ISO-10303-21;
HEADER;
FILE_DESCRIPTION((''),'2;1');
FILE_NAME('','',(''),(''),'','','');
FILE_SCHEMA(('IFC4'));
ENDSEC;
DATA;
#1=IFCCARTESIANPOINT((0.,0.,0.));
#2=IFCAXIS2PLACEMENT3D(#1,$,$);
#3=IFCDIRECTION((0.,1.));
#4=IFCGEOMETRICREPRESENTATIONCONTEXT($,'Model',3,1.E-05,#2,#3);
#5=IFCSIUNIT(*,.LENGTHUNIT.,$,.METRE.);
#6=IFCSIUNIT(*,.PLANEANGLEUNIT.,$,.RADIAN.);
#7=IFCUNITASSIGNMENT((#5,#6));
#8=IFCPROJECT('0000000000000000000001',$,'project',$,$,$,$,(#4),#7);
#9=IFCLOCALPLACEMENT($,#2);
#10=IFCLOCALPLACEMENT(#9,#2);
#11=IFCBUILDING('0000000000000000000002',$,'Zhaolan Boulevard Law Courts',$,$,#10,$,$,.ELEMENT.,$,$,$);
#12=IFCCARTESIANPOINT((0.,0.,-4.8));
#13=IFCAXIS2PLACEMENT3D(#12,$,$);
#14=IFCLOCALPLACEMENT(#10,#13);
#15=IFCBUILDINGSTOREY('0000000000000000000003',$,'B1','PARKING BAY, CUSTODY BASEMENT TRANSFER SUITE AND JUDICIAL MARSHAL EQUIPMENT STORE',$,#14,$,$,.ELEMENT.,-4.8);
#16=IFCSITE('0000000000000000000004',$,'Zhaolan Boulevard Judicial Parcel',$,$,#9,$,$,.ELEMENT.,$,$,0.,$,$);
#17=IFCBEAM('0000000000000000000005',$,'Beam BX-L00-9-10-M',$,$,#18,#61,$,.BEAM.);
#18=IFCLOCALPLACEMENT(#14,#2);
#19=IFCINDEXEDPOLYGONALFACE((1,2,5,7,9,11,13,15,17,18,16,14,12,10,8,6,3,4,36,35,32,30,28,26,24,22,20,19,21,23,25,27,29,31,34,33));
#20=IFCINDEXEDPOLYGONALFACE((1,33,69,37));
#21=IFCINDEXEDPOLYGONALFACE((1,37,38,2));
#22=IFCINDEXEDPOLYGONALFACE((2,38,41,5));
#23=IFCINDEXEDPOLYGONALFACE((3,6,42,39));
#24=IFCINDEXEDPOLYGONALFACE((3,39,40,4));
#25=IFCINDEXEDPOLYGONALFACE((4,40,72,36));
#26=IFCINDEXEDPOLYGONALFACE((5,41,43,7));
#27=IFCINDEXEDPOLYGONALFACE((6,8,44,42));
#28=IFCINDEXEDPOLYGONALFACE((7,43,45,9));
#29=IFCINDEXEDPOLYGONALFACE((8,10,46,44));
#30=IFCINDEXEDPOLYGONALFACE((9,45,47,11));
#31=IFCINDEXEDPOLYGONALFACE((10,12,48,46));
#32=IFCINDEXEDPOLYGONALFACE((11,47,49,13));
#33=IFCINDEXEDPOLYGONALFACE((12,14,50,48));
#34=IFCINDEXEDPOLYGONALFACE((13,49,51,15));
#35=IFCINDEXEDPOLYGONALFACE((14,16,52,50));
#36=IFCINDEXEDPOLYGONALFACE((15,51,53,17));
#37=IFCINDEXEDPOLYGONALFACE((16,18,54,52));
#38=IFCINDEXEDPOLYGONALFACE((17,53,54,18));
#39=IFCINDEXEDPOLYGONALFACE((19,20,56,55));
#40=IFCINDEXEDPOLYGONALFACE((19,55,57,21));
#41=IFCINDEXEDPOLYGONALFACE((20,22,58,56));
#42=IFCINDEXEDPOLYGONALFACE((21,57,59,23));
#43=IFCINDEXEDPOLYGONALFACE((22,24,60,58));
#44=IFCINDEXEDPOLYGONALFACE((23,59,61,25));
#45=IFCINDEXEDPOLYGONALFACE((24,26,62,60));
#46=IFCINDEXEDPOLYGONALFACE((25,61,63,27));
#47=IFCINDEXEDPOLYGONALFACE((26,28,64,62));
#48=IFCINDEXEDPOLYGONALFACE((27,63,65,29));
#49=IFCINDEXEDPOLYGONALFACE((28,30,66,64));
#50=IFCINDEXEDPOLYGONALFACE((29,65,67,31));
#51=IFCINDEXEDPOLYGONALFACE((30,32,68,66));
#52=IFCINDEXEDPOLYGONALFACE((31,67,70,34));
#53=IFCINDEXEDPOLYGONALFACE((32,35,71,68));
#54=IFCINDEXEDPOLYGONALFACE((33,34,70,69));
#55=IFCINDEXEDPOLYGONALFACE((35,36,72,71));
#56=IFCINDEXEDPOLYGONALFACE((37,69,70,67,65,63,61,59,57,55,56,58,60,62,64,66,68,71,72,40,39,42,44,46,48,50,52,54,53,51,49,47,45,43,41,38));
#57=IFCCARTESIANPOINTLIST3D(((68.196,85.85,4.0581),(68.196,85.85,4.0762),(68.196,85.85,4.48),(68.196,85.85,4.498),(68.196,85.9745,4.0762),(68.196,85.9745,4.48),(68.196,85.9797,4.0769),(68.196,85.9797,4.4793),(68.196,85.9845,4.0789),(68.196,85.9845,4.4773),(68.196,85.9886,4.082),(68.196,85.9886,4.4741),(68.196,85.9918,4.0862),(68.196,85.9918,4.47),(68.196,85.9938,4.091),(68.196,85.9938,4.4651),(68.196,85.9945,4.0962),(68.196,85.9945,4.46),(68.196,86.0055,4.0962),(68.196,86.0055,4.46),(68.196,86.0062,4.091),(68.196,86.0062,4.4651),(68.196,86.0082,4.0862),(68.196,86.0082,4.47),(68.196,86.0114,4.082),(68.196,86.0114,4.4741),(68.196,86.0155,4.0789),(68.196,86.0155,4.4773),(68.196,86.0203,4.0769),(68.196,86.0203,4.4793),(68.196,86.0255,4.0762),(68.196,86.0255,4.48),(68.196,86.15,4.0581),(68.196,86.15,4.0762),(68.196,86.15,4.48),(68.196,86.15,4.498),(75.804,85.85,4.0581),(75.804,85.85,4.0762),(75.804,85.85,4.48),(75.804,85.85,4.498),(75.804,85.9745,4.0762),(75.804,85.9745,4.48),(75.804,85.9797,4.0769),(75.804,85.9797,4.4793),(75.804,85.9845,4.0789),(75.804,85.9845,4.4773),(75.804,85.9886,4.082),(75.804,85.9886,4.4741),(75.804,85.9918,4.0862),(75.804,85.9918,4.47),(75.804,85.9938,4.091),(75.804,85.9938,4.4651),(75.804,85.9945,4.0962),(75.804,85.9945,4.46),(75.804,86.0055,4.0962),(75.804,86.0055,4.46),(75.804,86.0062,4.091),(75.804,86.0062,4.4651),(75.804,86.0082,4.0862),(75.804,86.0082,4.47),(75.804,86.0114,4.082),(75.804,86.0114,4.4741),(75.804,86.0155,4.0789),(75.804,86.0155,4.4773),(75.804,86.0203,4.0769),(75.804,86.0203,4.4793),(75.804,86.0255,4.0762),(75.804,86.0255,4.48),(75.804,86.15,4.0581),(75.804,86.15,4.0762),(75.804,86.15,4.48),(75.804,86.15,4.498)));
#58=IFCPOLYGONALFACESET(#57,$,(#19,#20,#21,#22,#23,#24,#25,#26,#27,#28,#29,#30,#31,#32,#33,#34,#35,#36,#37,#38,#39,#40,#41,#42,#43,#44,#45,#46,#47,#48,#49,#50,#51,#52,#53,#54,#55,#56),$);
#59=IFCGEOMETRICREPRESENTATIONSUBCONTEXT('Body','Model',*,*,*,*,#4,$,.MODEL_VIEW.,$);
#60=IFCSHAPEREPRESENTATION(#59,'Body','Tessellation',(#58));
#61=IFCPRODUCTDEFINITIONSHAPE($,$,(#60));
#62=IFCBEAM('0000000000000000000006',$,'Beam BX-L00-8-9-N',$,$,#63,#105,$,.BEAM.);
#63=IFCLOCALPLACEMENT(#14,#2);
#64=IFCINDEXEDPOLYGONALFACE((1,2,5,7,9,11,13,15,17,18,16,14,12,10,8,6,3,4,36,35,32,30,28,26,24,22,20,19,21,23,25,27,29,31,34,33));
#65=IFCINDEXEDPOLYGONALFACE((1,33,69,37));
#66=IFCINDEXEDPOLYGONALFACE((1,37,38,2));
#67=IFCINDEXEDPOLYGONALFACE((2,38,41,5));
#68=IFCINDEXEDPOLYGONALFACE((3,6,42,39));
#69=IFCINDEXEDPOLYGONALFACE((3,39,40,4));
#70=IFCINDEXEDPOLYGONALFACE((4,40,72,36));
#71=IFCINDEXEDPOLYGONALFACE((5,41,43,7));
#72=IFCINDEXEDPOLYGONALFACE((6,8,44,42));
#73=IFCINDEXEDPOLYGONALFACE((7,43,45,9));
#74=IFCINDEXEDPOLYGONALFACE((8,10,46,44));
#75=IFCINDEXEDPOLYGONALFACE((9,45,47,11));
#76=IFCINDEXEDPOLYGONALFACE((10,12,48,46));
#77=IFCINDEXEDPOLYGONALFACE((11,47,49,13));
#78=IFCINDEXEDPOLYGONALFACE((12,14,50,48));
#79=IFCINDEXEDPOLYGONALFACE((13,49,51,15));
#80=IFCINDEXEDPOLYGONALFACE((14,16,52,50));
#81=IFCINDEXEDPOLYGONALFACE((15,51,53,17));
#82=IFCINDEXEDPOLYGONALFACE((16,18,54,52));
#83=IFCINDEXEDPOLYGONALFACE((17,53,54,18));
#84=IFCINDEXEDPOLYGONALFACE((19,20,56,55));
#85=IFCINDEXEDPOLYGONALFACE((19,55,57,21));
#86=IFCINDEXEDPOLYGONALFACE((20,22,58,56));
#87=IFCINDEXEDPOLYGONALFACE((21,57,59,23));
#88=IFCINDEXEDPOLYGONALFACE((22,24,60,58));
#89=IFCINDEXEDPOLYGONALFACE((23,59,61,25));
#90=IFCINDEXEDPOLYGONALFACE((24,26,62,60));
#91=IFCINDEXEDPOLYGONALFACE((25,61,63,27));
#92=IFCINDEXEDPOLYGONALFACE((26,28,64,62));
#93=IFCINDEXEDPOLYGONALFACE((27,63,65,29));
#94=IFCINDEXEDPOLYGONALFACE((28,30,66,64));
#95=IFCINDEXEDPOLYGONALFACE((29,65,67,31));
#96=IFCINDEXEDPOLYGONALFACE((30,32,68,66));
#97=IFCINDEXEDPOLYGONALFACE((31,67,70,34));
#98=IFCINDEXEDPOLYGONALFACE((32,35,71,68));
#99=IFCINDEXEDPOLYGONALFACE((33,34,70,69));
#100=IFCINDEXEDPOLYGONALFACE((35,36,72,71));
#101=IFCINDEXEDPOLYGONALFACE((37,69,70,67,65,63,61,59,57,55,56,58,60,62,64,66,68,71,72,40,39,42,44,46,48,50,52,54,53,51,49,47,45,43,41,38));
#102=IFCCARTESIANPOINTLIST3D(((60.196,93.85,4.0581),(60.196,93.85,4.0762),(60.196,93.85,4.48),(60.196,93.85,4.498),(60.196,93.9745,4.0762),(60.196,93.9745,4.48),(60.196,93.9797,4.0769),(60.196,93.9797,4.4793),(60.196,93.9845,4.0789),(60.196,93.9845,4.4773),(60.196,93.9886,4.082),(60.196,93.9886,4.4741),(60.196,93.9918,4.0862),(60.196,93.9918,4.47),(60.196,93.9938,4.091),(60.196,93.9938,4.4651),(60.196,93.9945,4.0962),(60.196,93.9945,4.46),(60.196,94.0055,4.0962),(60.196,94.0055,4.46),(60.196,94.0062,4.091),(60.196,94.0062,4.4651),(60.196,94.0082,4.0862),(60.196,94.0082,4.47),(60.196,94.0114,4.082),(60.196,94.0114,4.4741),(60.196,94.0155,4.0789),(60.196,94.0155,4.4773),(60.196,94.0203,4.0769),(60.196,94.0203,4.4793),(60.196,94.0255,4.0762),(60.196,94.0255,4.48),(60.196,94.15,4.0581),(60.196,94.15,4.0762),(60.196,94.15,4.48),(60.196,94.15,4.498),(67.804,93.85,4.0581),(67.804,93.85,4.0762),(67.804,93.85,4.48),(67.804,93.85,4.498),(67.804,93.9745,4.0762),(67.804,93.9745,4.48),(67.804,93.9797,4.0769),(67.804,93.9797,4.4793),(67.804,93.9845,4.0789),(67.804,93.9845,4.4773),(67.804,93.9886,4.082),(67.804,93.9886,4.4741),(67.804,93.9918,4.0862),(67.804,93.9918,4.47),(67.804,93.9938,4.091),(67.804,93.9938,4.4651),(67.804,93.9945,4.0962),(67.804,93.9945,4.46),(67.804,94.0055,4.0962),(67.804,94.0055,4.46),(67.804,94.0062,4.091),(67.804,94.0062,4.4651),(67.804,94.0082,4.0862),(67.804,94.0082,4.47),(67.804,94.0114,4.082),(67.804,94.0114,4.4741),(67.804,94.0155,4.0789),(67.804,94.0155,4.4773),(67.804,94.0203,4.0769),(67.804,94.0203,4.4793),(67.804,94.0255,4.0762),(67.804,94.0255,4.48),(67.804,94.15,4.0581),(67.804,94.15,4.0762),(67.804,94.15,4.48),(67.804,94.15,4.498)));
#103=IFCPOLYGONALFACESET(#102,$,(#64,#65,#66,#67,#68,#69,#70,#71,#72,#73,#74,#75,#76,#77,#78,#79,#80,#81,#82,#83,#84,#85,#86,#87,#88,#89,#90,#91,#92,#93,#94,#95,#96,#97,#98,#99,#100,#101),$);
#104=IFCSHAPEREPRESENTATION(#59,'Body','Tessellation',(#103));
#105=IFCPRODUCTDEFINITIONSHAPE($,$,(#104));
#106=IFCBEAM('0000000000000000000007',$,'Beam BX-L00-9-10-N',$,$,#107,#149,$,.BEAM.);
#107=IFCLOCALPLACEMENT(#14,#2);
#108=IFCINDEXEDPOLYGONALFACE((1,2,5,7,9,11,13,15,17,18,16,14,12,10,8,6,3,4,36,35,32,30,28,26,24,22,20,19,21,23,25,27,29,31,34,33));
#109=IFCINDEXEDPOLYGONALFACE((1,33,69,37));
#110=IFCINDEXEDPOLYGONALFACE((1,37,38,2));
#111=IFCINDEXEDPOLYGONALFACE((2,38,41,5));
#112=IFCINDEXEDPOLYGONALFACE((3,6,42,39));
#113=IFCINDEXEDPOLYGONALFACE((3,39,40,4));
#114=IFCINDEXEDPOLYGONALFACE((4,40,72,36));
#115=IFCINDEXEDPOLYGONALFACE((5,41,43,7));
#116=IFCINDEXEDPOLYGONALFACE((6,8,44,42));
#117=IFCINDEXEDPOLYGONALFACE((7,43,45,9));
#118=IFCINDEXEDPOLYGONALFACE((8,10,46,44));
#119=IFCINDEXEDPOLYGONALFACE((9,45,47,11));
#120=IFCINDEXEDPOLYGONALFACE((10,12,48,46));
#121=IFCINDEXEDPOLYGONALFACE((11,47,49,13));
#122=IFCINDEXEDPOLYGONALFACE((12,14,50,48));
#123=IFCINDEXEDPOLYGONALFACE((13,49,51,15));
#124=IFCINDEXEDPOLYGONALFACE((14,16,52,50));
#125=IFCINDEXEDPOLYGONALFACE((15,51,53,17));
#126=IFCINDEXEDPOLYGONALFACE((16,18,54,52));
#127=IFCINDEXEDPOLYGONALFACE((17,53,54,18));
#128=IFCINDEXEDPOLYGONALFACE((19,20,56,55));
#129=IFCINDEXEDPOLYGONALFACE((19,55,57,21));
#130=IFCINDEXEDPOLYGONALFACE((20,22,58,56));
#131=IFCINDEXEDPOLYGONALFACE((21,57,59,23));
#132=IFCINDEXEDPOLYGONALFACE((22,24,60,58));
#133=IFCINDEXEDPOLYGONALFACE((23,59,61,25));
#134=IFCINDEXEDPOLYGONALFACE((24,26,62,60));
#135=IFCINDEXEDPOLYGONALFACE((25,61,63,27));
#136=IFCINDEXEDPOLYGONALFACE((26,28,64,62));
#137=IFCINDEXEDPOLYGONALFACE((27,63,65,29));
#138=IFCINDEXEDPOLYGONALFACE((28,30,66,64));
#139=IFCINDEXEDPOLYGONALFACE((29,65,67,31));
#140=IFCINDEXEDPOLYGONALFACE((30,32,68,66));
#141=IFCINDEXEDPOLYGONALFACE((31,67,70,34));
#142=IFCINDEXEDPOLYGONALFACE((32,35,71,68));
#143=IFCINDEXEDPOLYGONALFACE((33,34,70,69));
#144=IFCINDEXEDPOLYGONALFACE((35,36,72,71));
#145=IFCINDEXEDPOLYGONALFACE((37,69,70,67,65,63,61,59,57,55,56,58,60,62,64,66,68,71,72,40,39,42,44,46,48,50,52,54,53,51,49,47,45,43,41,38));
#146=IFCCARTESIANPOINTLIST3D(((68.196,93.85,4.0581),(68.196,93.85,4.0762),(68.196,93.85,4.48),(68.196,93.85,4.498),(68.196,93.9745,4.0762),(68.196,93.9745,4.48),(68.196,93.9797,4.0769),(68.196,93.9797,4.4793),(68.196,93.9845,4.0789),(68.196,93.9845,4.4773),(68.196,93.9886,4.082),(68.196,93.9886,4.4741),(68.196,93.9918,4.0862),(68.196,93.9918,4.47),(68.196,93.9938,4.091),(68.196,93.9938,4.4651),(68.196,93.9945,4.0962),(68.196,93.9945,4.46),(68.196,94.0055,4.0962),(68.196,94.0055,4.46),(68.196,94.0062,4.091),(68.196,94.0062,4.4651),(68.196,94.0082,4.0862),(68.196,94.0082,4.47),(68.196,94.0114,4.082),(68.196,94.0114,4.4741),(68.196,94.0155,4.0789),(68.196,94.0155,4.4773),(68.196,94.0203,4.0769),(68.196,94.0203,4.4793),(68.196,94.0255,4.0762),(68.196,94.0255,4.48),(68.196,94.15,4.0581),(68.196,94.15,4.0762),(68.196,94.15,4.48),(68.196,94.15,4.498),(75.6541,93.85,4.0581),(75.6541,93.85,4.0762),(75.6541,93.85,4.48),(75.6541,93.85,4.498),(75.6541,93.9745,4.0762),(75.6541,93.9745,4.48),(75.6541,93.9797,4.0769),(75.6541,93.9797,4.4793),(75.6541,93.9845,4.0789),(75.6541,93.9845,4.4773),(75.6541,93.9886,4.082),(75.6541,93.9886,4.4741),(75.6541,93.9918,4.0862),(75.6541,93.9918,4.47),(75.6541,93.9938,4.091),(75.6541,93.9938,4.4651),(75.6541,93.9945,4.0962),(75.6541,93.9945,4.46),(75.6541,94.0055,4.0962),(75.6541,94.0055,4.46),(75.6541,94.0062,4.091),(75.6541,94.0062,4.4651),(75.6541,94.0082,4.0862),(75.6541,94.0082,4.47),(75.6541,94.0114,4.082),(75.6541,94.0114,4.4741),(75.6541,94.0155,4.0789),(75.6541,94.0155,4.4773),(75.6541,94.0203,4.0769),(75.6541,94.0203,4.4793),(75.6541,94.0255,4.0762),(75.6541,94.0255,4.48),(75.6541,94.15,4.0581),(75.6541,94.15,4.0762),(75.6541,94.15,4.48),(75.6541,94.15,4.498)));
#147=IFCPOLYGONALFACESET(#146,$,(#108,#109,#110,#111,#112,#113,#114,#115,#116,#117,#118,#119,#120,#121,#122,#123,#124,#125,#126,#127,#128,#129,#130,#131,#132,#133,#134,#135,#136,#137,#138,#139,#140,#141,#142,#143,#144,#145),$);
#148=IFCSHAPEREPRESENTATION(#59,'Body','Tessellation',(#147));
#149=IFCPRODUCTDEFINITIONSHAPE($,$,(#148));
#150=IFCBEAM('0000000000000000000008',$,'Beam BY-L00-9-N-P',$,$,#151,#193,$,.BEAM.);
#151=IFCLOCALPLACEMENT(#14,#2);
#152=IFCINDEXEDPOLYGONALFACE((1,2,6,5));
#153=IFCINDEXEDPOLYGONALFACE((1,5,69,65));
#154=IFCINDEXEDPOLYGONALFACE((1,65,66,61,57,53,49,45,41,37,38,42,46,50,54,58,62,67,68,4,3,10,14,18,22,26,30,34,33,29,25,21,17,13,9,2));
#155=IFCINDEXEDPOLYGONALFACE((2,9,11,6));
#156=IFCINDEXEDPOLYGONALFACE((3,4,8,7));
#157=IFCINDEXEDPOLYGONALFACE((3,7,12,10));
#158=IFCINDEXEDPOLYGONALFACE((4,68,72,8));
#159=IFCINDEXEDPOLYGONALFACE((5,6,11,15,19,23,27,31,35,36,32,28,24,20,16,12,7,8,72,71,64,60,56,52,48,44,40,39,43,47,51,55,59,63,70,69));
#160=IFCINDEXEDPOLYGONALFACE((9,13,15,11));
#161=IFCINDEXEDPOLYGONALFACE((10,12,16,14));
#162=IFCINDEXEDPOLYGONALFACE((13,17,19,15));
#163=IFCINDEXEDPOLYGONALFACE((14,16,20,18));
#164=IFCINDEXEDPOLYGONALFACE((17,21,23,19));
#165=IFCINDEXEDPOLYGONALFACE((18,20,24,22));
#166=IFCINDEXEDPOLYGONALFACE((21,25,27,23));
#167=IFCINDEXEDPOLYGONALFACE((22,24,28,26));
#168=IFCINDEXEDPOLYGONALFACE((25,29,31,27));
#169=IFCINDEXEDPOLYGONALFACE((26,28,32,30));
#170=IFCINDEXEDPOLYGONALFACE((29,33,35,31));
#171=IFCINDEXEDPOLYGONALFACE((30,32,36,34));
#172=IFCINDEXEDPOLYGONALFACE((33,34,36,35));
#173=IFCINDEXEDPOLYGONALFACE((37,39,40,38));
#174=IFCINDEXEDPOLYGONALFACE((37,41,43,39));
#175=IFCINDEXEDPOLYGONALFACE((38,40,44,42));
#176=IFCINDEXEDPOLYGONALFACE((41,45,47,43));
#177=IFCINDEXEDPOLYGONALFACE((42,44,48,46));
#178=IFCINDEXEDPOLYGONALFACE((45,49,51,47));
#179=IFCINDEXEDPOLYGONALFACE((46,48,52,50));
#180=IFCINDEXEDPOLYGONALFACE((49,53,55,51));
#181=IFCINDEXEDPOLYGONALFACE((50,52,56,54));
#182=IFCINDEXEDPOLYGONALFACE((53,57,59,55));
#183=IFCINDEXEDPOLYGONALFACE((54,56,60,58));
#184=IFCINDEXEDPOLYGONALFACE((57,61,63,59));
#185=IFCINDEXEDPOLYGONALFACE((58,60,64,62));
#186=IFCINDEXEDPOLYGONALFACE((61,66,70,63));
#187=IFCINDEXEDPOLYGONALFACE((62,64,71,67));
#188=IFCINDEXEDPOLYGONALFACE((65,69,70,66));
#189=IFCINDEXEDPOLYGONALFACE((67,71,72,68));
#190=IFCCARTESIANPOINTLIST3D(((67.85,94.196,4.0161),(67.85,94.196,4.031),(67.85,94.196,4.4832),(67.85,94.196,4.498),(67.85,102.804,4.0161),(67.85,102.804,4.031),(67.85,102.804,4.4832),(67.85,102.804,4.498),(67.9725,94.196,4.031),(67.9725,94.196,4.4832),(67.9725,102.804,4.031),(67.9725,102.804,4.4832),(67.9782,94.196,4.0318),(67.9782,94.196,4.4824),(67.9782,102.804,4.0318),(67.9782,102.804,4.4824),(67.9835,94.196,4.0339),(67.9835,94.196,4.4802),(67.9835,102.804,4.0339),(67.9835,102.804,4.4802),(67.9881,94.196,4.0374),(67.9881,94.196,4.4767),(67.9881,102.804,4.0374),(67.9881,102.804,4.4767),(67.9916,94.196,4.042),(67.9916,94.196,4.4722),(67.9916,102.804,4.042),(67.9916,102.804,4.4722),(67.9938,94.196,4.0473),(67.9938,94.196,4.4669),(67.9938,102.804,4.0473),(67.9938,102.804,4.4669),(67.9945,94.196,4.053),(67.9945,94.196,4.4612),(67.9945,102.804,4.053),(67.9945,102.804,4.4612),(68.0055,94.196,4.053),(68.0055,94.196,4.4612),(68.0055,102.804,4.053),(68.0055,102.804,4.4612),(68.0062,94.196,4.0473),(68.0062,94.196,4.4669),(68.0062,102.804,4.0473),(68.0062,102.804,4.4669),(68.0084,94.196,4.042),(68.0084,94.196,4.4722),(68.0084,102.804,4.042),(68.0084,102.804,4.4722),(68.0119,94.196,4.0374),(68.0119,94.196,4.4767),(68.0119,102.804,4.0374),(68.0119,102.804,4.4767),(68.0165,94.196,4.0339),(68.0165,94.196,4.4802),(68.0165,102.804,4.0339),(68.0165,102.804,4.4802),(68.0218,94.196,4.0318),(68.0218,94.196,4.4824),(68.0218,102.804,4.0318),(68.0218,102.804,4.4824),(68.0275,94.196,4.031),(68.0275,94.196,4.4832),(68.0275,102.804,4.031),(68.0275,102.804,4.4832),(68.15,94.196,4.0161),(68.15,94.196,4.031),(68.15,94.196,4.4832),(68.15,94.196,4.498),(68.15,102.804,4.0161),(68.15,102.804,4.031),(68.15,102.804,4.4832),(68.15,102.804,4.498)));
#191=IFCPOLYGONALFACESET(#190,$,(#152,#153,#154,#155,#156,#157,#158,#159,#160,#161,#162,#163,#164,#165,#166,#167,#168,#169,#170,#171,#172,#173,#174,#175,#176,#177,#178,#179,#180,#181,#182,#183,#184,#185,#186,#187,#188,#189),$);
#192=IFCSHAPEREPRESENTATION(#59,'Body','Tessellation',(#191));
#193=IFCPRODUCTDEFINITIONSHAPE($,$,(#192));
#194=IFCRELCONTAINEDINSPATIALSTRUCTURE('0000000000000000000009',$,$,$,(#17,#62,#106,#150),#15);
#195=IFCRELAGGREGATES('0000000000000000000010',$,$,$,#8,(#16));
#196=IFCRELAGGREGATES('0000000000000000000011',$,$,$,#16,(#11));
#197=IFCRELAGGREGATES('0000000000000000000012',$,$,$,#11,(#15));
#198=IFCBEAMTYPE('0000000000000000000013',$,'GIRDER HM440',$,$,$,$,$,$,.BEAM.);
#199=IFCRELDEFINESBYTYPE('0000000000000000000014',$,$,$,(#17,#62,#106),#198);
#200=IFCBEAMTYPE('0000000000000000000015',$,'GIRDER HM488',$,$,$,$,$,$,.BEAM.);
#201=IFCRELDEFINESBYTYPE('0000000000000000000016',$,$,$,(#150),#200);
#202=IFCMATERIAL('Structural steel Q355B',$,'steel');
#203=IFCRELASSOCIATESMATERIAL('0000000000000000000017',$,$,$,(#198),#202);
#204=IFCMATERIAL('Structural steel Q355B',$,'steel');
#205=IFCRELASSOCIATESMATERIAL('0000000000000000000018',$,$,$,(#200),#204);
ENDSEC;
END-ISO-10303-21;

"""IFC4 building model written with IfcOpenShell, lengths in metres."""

from ifc_helpers import new_model, si_unit, direction, frame, origin, origin_2d, place, context, subcontext, project, spatial, i_section, extrude, material, material_profile, profile_set, type_object, element, save


model = new_model("IFC4")

# Units and contexts
model_context = context("Model", 3, precision=1e-05, world=origin(), true_north=direction((0.0, 1.0)))
body_context = subcontext(model_context, "Body", "Model", "MODEL_VIEW")
ifc_project = project(units=[si_unit("LENGTHUNIT", "METRE"), si_unit("PLANEANGLEUNIT", "RADIAN")], contexts=[model_context])

# Site, building, storey
site_placement = place(None, origin())
site = spatial("IfcSite", under=ifc_project, at=site_placement, Name="Zhaolan Boulevard Judicial Parcel", CompositionType="ELEMENT", RefElevation=0.0)
building_placement = place(site_placement, origin())
building = spatial("IfcBuilding", under=site, at=building_placement, Name="Zhaolan Boulevard Law Courts", CompositionType="ELEMENT")
storey_placement = place(building_placement, frame((0.0, 0.0, -4.8)))
storey = spatial("IfcBuildingStorey", under=building, at=storey_placement, Name="B1", Description="PARKING BAY, CUSTODY BASEMENT TRANSFER SUITE AND JUDICIAL MARSHAL EQUIPMENT STORE", CompositionType="ELEMENT", Elevation=-4.8)

# Beams
ifc_material_1 = material(Name="Structural steel Q355B", Category="steel")
ifc_material_profile_1 = material_profile(ifc_material_1, i_section(OverallWidth=0.3, OverallDepth=0.4399, WebThickness=0.011, FlangeThickness=0.0181, FilletRadius=0.02, at=origin_2d()), Name="HM440x300")
ifc_profile_set_1 = profile_set([ifc_material_profile_1], Name="Structural steel Q355B")
beam_type_1 = type_object("IfcBeamType", Name="GIRDER HM440", PredefinedType="BEAM", material=ifc_profile_set_1)
for number, where, z_axis, x_axis, name in (
    (1, (68.196, 86.0, 4.2781), (1.0, 0.0, 0.0), (0.0, 1.0, 0.0), "Beam BX-L00-9-10-M"),
    (2, (60.196, 94.0, 4.2781), (1.0, 0.0, 0.0), (0.0, 1.0, 0.0), "Beam BX-L00-8-9-N"),
):
    element("IfcBeam", number, at=place(storey_placement, frame(where, z_axis=z_axis, x_axis=x_axis)), inside=storey, type_object=beam_type_1, Name=name, PredefinedType="BEAM", context=body_context, shape_type="SweptSolid", body=[
        extrude(i_section(OverallWidth=0.3, OverallDepth=0.4399, WebThickness=0.011, FlangeThickness=0.0181, FilletRadius=0.02, at=origin_2d()), origin(), (0.0, 0.0, 1.0), 7.6079),
    ])
beam_1_placement = place(storey_placement, frame((68.196, 94.0, 4.2781), z_axis=(1.0, 0.0, 0.0), x_axis=(0.0, 1.0, 0.0)))
element("IfcBeam", 3, at=beam_1_placement, inside=storey, type_object=beam_type_1, Name="Beam BX-L00-9-10-N", PredefinedType="BEAM", context=body_context, shape_type="SweptSolid", body=[
    extrude(i_section(OverallWidth=0.3, OverallDepth=0.4399, WebThickness=0.011, FlangeThickness=0.0181, FilletRadius=0.02, at=origin_2d()), origin(), (0.0, 0.0, 1.0), 7.458),
])
ifc_material_2 = material(Name="Structural steel Q355B", Category="steel")
ifc_material_profile_2 = material_profile(ifc_material_2, i_section(OverallWidth=0.3, OverallDepth=0.4819, WebThickness=0.011, FlangeThickness=0.0149, FilletRadius=0.022, at=origin_2d()), Name="HM482x300")
ifc_profile_set_2 = profile_set([ifc_material_profile_2], Name="Structural steel Q355B")
beam_type_2 = type_object("IfcBeamType", Name="GIRDER HM488", PredefinedType="BEAM", material=ifc_profile_set_2)
beam_2_placement = place(storey_placement, frame((68.0, 94.196, 4.2571), z_axis=(0.0, 1.0, 0.0), x_axis=(-1.0, 0.0, 0.0)))
element("IfcBeam", 4, at=beam_2_placement, inside=storey, type_object=beam_type_2, Name="Beam BY-L00-9-N-P", PredefinedType="BEAM", context=body_context, shape_type="SweptSolid", body=[
    extrude(i_section(OverallWidth=0.3, OverallDepth=0.4819, WebThickness=0.011, FlangeThickness=0.0149, FilletRadius=0.022, at=origin_2d()), origin(), (0.0, 0.0, 1.0), 8.6079),
])

save(model, "model.ifc")
